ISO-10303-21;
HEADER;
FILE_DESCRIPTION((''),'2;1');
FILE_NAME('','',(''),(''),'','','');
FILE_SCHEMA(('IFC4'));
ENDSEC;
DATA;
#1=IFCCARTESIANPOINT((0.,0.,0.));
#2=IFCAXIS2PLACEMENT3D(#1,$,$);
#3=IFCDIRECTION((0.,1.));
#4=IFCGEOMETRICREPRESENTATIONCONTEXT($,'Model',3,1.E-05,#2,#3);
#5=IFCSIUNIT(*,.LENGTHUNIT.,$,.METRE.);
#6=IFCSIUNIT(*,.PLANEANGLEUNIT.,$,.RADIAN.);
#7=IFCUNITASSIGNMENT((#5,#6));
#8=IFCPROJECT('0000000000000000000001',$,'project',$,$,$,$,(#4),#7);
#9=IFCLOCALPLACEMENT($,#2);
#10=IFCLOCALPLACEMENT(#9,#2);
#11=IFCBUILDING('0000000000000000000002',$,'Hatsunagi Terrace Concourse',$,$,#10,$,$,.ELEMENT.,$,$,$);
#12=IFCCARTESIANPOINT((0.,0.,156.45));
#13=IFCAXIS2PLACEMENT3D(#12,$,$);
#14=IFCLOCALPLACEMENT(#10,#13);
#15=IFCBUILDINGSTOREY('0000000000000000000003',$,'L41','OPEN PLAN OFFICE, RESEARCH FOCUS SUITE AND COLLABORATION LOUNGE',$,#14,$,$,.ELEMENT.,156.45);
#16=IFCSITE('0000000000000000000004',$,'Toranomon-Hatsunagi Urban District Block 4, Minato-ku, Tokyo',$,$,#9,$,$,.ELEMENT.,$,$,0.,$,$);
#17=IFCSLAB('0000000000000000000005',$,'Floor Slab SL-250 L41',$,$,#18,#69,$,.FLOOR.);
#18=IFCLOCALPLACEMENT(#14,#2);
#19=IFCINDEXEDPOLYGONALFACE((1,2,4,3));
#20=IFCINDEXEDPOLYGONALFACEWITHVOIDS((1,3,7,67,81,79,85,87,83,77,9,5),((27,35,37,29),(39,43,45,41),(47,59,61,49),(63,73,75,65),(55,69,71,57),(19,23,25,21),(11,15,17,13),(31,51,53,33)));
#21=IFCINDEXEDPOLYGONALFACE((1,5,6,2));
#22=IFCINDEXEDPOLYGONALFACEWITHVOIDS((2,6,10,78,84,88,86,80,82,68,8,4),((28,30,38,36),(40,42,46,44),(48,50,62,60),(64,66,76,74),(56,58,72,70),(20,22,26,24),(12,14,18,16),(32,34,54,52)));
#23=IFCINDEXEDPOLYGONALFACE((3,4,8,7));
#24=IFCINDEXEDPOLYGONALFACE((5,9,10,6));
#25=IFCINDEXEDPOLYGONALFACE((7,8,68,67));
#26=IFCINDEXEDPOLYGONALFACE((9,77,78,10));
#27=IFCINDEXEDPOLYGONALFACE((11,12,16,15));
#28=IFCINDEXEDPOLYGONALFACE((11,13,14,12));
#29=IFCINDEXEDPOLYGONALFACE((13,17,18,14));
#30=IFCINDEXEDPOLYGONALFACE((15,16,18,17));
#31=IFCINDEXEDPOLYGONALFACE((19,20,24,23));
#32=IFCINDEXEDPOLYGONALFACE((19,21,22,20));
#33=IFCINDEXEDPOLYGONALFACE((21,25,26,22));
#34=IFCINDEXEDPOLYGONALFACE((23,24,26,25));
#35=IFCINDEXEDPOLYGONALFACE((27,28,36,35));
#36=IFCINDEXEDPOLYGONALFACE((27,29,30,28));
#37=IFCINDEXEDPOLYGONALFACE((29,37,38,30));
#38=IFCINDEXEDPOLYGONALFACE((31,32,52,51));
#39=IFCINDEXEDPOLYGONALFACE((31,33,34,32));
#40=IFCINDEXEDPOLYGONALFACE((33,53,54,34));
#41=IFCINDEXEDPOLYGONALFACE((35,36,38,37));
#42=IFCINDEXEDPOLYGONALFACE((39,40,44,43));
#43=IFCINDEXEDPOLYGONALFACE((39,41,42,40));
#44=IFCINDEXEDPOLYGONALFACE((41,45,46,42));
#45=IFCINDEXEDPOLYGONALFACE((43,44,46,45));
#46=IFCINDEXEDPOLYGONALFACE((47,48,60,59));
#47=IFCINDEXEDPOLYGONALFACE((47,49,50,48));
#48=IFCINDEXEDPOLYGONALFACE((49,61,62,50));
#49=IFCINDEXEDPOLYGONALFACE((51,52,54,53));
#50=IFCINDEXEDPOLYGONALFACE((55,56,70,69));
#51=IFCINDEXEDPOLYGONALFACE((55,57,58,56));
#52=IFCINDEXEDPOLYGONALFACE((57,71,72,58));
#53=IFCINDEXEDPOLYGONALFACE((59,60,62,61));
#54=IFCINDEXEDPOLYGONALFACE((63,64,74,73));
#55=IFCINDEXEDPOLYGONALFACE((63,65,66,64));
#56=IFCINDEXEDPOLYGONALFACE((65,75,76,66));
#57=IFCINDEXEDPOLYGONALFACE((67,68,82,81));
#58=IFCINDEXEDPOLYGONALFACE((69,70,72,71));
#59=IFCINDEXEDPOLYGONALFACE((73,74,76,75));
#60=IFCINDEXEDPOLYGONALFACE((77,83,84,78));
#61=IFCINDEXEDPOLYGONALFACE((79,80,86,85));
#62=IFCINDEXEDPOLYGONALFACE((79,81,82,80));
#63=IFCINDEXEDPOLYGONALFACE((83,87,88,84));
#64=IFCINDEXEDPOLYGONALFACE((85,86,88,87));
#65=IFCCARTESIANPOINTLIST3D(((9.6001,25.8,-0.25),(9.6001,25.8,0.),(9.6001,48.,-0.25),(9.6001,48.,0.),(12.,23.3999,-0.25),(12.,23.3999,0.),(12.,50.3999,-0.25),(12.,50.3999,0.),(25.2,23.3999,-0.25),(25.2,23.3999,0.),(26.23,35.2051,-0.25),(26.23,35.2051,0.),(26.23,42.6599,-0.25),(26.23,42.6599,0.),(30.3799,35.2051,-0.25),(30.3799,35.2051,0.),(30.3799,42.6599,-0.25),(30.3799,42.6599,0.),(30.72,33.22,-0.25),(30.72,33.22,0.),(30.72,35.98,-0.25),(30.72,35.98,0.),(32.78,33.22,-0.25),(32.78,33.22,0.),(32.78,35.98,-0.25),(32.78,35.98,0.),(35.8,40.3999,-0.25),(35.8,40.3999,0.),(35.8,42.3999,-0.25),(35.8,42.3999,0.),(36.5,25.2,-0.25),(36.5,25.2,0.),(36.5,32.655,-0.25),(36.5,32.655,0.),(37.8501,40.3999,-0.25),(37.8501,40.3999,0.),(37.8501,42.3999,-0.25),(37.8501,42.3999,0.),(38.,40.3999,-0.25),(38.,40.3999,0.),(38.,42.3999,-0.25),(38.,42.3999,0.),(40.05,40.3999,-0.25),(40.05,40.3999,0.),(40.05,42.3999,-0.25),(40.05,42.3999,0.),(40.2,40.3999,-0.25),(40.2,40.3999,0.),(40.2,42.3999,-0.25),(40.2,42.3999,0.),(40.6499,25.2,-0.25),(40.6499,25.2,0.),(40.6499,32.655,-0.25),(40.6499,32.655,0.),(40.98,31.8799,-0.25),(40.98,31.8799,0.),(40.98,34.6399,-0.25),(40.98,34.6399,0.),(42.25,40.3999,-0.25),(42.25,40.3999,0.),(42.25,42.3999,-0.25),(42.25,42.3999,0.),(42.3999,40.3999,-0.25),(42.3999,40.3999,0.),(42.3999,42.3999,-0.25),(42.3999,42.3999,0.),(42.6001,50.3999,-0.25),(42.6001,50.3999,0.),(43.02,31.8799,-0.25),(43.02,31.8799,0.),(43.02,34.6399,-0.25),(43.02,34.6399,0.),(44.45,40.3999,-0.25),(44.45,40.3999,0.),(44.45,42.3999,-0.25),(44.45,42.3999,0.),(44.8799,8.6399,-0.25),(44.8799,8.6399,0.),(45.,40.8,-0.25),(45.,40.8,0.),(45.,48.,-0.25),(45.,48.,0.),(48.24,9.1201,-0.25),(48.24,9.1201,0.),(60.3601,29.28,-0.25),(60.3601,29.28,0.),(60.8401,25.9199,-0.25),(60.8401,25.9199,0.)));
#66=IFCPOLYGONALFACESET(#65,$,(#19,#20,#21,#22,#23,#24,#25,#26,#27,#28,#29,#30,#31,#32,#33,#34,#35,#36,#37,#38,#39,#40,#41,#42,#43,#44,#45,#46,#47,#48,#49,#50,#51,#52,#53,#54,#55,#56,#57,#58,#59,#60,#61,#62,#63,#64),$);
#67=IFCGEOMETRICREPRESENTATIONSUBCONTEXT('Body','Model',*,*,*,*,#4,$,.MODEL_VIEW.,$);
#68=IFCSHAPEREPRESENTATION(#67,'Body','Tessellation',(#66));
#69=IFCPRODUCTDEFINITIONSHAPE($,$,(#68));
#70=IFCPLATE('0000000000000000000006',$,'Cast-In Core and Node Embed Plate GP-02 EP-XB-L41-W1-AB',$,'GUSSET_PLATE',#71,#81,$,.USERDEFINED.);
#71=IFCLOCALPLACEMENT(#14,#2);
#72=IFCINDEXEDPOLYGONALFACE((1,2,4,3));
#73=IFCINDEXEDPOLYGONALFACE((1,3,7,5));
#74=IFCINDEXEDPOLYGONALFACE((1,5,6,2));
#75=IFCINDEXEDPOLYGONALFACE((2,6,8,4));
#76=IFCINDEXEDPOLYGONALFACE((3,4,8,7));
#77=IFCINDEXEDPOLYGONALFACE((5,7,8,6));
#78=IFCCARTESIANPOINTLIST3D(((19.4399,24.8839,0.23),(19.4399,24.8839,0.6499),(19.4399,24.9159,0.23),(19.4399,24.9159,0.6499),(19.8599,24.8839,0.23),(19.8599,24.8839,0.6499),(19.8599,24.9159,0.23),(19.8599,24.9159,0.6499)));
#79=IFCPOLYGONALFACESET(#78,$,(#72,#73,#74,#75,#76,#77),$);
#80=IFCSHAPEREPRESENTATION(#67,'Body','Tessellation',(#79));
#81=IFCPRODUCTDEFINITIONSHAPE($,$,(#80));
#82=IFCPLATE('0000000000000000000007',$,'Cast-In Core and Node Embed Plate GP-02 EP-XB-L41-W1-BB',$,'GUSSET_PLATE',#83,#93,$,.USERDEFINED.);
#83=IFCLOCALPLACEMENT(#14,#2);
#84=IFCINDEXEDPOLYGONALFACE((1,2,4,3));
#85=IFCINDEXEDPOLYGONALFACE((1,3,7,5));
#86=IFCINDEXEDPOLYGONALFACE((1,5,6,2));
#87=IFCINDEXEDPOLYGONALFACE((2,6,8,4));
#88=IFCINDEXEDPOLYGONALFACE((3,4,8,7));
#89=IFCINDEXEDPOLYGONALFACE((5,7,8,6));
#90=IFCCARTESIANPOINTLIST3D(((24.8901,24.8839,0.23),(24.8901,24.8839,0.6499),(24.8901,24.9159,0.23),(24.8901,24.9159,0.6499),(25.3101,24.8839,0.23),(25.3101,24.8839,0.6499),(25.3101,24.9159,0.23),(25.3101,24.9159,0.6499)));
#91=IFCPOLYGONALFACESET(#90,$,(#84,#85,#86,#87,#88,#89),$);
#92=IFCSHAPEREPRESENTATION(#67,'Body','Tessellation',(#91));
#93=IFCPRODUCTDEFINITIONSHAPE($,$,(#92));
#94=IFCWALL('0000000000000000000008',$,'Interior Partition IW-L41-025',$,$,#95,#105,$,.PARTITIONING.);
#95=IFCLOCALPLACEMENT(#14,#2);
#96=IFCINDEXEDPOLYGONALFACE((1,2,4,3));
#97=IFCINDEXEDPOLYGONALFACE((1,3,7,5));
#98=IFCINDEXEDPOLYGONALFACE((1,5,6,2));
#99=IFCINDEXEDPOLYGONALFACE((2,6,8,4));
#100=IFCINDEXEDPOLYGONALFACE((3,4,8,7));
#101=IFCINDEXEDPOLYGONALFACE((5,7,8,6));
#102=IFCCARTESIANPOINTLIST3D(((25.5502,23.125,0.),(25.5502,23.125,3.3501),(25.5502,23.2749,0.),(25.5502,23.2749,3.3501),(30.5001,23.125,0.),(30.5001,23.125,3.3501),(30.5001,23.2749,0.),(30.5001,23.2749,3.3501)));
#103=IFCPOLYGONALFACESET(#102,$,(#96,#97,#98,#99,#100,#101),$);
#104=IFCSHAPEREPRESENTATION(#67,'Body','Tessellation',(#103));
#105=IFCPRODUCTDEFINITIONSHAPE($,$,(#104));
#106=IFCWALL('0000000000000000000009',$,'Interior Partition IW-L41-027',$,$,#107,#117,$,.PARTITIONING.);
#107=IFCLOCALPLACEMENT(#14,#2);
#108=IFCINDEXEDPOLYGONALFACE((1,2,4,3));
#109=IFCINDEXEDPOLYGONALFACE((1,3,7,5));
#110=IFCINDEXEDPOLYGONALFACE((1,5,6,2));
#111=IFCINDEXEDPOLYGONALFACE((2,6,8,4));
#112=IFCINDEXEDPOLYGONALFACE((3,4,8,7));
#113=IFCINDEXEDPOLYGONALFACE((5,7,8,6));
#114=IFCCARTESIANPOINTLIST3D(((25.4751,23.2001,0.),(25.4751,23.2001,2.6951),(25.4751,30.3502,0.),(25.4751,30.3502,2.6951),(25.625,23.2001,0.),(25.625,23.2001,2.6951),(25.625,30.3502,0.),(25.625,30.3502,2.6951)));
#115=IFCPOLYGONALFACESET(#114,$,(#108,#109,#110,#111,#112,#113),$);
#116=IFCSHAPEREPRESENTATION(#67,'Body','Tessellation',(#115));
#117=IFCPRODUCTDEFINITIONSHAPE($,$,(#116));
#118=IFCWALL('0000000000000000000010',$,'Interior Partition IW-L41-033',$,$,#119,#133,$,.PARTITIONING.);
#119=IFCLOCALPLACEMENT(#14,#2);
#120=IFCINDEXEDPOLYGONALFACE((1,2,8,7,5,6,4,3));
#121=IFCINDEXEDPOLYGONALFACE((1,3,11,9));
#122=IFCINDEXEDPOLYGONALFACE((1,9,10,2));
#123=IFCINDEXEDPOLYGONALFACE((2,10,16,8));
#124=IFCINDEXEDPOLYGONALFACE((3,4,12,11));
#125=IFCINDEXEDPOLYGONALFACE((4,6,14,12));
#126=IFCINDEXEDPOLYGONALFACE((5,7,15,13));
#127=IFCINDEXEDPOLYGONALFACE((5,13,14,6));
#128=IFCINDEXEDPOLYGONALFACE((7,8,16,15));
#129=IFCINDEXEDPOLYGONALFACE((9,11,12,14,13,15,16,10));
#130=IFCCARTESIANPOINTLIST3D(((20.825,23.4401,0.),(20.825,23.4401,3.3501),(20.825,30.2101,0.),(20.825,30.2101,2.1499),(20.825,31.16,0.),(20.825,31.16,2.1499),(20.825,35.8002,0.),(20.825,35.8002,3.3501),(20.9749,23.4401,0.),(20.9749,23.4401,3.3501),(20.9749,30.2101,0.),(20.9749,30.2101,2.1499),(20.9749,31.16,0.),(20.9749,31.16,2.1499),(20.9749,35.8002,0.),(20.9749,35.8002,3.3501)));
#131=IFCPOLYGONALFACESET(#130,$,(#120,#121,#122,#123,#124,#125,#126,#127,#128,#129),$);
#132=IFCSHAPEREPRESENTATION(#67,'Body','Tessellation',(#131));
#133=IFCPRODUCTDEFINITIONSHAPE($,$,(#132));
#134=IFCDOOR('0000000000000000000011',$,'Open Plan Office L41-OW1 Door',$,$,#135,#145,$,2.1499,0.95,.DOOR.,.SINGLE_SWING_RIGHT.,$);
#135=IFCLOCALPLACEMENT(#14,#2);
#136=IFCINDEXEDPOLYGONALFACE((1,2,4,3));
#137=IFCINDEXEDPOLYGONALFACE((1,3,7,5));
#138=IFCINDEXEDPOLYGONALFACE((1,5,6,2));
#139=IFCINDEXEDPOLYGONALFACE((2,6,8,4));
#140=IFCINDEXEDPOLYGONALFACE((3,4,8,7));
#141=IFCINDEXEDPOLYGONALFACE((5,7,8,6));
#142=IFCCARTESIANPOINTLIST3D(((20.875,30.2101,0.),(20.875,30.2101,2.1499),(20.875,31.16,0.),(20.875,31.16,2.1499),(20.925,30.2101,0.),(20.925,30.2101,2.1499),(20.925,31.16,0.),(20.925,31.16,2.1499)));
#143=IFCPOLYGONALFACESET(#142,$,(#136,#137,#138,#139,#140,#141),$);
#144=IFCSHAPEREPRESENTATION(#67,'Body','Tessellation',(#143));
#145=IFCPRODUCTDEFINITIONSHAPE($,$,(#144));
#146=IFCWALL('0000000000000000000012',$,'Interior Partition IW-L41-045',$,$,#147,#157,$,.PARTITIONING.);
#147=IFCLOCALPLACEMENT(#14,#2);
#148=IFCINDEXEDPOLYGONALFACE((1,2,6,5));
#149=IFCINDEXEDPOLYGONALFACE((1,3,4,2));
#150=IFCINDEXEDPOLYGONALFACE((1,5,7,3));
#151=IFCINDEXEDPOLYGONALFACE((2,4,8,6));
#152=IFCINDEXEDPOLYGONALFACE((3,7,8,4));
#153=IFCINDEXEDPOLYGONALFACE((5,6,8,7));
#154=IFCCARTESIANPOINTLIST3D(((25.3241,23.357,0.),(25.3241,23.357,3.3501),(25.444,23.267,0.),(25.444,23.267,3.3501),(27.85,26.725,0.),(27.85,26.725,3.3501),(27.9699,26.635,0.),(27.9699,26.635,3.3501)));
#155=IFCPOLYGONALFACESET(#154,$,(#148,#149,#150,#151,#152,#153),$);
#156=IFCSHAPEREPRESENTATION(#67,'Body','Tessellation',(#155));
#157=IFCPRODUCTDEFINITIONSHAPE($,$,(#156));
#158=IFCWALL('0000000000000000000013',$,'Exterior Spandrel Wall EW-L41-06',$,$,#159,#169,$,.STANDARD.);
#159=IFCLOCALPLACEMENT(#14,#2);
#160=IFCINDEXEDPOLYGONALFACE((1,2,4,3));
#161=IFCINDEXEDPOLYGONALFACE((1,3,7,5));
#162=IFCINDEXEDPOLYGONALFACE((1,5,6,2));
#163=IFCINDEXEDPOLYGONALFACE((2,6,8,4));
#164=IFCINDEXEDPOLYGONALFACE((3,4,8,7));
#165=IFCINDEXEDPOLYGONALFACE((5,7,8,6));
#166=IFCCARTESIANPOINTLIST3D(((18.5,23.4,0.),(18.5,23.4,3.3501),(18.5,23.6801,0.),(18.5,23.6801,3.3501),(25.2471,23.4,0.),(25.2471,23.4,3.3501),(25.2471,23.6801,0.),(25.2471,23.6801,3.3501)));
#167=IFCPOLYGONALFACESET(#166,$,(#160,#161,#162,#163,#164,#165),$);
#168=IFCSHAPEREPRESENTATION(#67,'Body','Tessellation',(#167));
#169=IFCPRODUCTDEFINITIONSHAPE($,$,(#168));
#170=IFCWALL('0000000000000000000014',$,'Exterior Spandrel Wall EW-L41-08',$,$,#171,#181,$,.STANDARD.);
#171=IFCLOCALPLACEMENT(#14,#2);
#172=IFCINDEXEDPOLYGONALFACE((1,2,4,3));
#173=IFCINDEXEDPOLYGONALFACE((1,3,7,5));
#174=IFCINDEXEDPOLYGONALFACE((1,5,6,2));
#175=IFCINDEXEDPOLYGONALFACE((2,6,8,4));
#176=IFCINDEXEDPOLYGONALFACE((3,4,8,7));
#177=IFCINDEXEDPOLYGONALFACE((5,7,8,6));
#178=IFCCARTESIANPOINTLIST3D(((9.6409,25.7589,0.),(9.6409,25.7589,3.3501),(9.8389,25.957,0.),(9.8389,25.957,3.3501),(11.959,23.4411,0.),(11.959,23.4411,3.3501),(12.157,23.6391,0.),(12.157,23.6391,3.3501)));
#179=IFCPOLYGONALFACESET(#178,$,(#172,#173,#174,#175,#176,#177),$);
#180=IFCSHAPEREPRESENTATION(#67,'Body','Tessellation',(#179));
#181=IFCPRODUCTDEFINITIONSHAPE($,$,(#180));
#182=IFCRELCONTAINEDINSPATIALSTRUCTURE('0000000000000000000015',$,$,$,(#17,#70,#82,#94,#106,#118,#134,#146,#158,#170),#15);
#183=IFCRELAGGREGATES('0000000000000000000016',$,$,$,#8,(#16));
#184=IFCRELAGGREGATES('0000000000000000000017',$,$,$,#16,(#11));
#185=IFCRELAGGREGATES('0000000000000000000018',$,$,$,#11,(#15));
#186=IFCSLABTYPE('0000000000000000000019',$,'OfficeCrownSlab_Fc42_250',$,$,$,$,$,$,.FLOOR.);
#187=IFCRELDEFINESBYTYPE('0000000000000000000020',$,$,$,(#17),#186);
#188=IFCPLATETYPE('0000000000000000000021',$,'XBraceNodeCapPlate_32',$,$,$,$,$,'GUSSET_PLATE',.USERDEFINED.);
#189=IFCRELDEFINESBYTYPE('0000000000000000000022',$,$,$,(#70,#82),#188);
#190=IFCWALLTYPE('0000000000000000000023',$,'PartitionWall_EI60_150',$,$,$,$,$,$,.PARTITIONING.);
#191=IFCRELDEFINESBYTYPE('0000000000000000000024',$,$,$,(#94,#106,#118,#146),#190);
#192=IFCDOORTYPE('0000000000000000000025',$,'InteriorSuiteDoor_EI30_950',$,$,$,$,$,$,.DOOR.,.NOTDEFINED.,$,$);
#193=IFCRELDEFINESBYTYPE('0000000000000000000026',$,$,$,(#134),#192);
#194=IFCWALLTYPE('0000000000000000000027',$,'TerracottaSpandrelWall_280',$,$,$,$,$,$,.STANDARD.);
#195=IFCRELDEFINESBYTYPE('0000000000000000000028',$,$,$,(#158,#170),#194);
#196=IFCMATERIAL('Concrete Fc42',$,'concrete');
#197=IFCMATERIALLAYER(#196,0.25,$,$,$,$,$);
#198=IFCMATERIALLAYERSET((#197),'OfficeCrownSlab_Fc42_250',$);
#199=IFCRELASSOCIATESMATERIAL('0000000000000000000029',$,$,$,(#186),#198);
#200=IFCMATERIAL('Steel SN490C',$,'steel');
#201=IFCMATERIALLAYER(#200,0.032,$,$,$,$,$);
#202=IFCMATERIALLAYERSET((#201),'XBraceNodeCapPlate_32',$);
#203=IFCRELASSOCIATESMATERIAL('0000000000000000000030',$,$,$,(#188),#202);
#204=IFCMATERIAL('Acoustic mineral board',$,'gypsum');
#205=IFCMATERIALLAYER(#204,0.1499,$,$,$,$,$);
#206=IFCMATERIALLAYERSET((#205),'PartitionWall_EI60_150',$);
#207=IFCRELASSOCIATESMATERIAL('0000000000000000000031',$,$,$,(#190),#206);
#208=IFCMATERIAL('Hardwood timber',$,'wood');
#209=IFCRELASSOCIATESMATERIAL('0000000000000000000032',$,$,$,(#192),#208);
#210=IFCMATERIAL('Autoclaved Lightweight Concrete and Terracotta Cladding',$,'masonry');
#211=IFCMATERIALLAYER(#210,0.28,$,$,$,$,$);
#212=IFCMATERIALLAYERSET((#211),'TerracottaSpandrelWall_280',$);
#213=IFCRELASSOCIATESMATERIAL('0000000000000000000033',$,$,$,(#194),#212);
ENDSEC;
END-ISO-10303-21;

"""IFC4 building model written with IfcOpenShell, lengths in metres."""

from ifc_helpers import new_model, si_unit, direction, frame, frame_2d, origin, origin_2d, place, context, subcontext, project, spatial, polyline, rectangle, outline, extrude, material, layer, layer_set, type_object, element, fill, save


model = new_model("IFC4")

# Units and contexts
model_context = context("Model", 3, precision=1e-05, world=origin(), true_north=direction((0.0, 1.0)))
body_context = subcontext(model_context, "Body", "Model", "MODEL_VIEW")
ifc_project = project(units=[si_unit("LENGTHUNIT", "METRE"), si_unit("PLANEANGLEUNIT", "RADIAN")], contexts=[model_context])

# Site, building, storey
site_placement = place(None, origin())
site = spatial("IfcSite", under=ifc_project, at=site_placement, Name="Toranomon-Hatsunagi Urban District Block 4, Minato-ku, Tokyo", CompositionType="ELEMENT", RefElevation=0.0)
building_placement = place(site_placement, origin())
building = spatial("IfcBuilding", under=site, at=building_placement, Name="Hatsunagi Terrace Concourse", CompositionType="ELEMENT")
storey_placement = place(building_placement, frame((0.0, 0.0, 156.45)))
storey = spatial("IfcBuildingStorey", under=building, at=storey_placement, Name="L41", Description="OPEN PLAN OFFICE, RESEARCH FOCUS SUITE AND COLLABORATION LOUNGE", CompositionType="ELEMENT", Elevation=156.45)

# Slab
ifc_material_1 = material(Name="Concrete Fc42", Category="concrete")
ifc_layer_1 = layer(ifc_material_1, 0.25)
ifc_layer_set_1 = layer_set([ifc_layer_1], Name="OfficeCrownSlab_Fc42_250")
slab_type_1 = type_object("IfcSlabType", Name="OfficeCrownSlab_Fc42_250", PredefinedType="FLOOR", material=ifc_layer_set_1)
slab_1_placement = place(storey_placement, frame((0.0, 0.0, -0.25)))
element("IfcSlab", 1, at=slab_1_placement, inside=storey, type_object=slab_type_1, Name="Floor Slab SL-250 L41", PredefinedType="FLOOR", context=body_context, shape_type="SweptSolid", body=[
    extrude(outline(polyline([(45.0, 40.8), (45.0, 48.0), (42.6001, 50.3999), (12.0, 50.3999), (9.6001, 48.0), (9.6001, 25.8), (12.0, 23.3999), (25.2, 23.3999), (44.8799, 8.6399), (48.24, 9.1201), (60.8401, 25.9199), (60.3601, 29.28), (45.0, 40.8)]), holes=[polyline([(26.23, 35.2051), (30.3799, 35.2051), (30.3799, 42.6599), (26.23, 42.6599), (26.23, 35.2051)]), polyline([(36.5, 25.2), (40.6499, 25.2), (40.6499, 32.655), (36.5, 32.655), (36.5, 25.2)]), polyline([(30.72, 33.22), (32.78, 33.22), (32.78, 35.98), (30.72, 35.98), (30.72, 33.22)]), polyline([(40.98, 31.8799), (43.02, 31.8799), (43.02, 34.6399), (40.98, 34.6399), (40.98, 31.8799)]), polyline([(35.8, 40.3999), (37.8501, 40.3999), (37.8501, 42.3999), (35.8, 42.3999), (35.8, 40.3999)]), polyline([(38.0, 40.3999), (40.05, 40.3999), (40.05, 42.3999), (38.0, 42.3999), (38.0, 40.3999)]), polyline([(40.2, 40.3999), (42.25, 40.3999), (42.25, 42.3999), (40.2, 42.3999), (40.2, 40.3999)]), polyline([(42.3999, 40.3999), (44.45, 40.3999), (44.45, 42.3999), (42.3999, 42.3999), (42.3999, 40.3999)])]), origin(), (0.0, 0.0, 1.0), 0.25),
])

# Plates
ifc_material_2 = material(Name="Steel SN490C", Category="steel")
ifc_layer_2 = layer(ifc_material_2, 0.032)
ifc_layer_set_2 = layer_set([ifc_layer_2], Name="XBraceNodeCapPlate_32")
plate_type_1 = type_object("IfcPlateType", Name="XBraceNodeCapPlate_32", ElementType="GUSSET_PLATE", PredefinedType="USERDEFINED", material=ifc_layer_set_2)
for number, where, z_axis, x_axis, name in (
    (2, (19.6499, 24.8999, 0.23), (0.0, 0.0, 1.0), (1.0, 0.0, 0.0), "Cast-In Core and Node Embed Plate GP-02 EP-XB-L41-W1-AB"),
    (3, (25.1001, 24.8999, 0.23), (0.0, 0.0, 1.0), (1.0, 0.0, 0.0), "Cast-In Core and Node Embed Plate GP-02 EP-XB-L41-W1-BB"),
):
    element("IfcPlate", number, at=place(storey_placement, frame(where, z_axis=z_axis, x_axis=x_axis)), inside=storey, type_object=plate_type_1, Name=name, ObjectType="GUSSET_PLATE", PredefinedType="USERDEFINED", context=body_context, shape_type="SweptSolid", body=[
        extrude(rectangle(XDim=0.4199, YDim=0.032, at=origin_2d()), origin(), (0.0, 0.0, 1.0), 0.4199),
    ])

# Walls
ifc_material_3 = material(Name="Acoustic mineral board", Category="gypsum")
ifc_layer_3 = layer(ifc_material_3, 0.1499)
ifc_layer_set_3 = layer_set([ifc_layer_3], Name="PartitionWall_EI60_150")
wall_type_1 = type_object("IfcWallType", Name="PartitionWall_EI60_150", PredefinedType="PARTITIONING", material=ifc_layer_set_3)
wall_1_placement = place(storey_placement, frame((25.55, 23.2, 0.0), z_axis=(0.0, 0.0, 1.0), x_axis=(1.0, 0.0, 0.0)))
element("IfcWall", 4, at=wall_1_placement, inside=storey, type_object=wall_type_1, Name="Interior Partition IW-L41-025", PredefinedType="PARTITIONING", context=body_context, shape_type="SweptSolid", body=[
    extrude(rectangle(XDim=4.95, YDim=0.1499, at=frame_2d((2.4751, 0.0))), origin(), (0.0, 0.0, 1.0), 3.3501),
])
wall_2_placement = place(storey_placement, frame((25.55, 23.2, 0.0), z_axis=(0.0, 0.0, 1.0), x_axis=(0.0, 1.0, 0.0)))
element("IfcWall", 5, at=wall_2_placement, inside=storey, type_object=wall_type_1, Name="Interior Partition IW-L41-027", PredefinedType="PARTITIONING", context=body_context, shape_type="SweptSolid", body=[
    extrude(rectangle(XDim=7.1501, YDim=0.1499, at=frame_2d((3.5752, 0.0))), origin(), (0.0, 0.0, 1.0), 2.6951),
])

# Wall, opening, door
wall_3_placement = place(storey_placement, frame((20.8999, 23.4399, 0.0), z_axis=(0.0, 0.0, 1.0), x_axis=(0.0, 1.0, 0.0)))
wall_3 = element("IfcWall", 6, at=wall_3_placement, inside=storey, type_object=wall_type_1, Name="Interior Partition IW-L41-033", PredefinedType="PARTITIONING", context=body_context, shape_type="SweptSolid", body=[
    extrude(rectangle(XDim=12.3601, YDim=0.1499, at=frame_2d((6.1802, 0.0))), origin(), (0.0, 0.0, 1.0), 3.3501),
])
opening_placement = place(wall_3_placement, frame((6.77, 0.0, 0.0)))
opening = element("IfcOpeningElement", 7, at=opening_placement, cuts=wall_3, PredefinedType="OPENING", context=body_context, shape_type="SweptSolid", body=[
    extrude(rectangle(XDim=0.95, YDim=2.1499, at=frame_2d((0.4751, 1.075))), frame((0.0, 0.085, 0.0), z_axis=(0.0, -1.0, 0.0), x_axis=(1.0, 0.0, 0.0)), (0.0, 0.0, 1.0), 0.1699),
])
ifc_material_4 = material(Name="Hardwood timber", Category="wood")
door_type = type_object("IfcDoorType", Name="InteriorSuiteDoor_EI30_950", OperationType="NOTDEFINED", PredefinedType="DOOR", material=ifc_material_4)
door_placement = place(opening_placement, origin())
door = element("IfcDoor", 8, at=door_placement, inside=storey, type_object=door_type, Name="Open Plan Office L41-OW1 Door", OperationType="SINGLE_SWING_RIGHT", OverallHeight=2.1499, OverallWidth=0.95, PredefinedType="DOOR", context=body_context, shape_type="SweptSolid", body=[
    extrude(rectangle(XDim=0.95, YDim=2.1499, at=frame_2d((0.4751, 1.075))), frame((0.0, 0.0249, 0.0), z_axis=(0.0, -1.0, 0.0), x_axis=(1.0, 0.0, 0.0)), (0.0, 0.0, 1.0), 0.05),
])
fill(opening, door)

# Walls
wall_4_placement = place(storey_placement, frame((25.384, 23.312, 0.0), z_axis=(0.0, 0.0, 1.0), x_axis=(0.599991, 0.800007, 0.0)))
element("IfcWall", 9, at=wall_4_placement, inside=storey, type_object=wall_type_1, Name="Interior Partition IW-L41-045", PredefinedType="PARTITIONING", context=body_context, shape_type="SweptSolid", body=[
    extrude(rectangle(XDim=4.21, YDim=0.1499, at=frame_2d((2.105, 0.0))), origin(), (0.0, 0.0, 1.0), 3.3501),
])
ifc_material_5 = material(Name="Autoclaved Lightweight Concrete and Terracotta Cladding", Category="masonry")
ifc_layer_4 = layer(ifc_material_5, 0.28)
ifc_layer_set_4 = layer_set([ifc_layer_4], Name="TerracottaSpandrelWall_280")
wall_type_2 = type_object("IfcWallType", Name="TerracottaSpandrelWall_280", PredefinedType="STANDARD", material=ifc_layer_set_4)
wall_5_placement = place(storey_placement, frame((25.2471, 23.54, 0.0), z_axis=(0.0, 0.0, 1.0), x_axis=(-1.0, 0.0, 0.0)))
element("IfcWall", 10, at=wall_5_placement, inside=storey, type_object=wall_type_2, Name="Exterior Spandrel Wall EW-L41-06", PredefinedType="STANDARD", context=body_context, shape_type="SweptSolid", body=[
    extrude(rectangle(XDim=6.7471, YDim=0.28, at=frame_2d((3.3735, 0.0))), origin(), (0.0, 0.0, 1.0), 3.3501),
])
wall_6_placement = place(storey_placement, frame((12.0581, 23.54, 0.0), z_axis=(0.0, 0.0, 1.0), x_axis=(-0.707144, 0.70707, 0.0)))
element("IfcWall", 11, at=wall_6_placement, inside=storey, type_object=wall_type_2, Name="Exterior Spandrel Wall EW-L41-08", PredefinedType="STANDARD", context=body_context, shape_type="SweptSolid", body=[
    extrude(rectangle(XDim=3.2781, YDim=0.28, at=frame_2d((1.6392, 0.0))), origin(), (0.0, 0.0, 1.0), 3.3501),
])

save(model, "model.ifc")
